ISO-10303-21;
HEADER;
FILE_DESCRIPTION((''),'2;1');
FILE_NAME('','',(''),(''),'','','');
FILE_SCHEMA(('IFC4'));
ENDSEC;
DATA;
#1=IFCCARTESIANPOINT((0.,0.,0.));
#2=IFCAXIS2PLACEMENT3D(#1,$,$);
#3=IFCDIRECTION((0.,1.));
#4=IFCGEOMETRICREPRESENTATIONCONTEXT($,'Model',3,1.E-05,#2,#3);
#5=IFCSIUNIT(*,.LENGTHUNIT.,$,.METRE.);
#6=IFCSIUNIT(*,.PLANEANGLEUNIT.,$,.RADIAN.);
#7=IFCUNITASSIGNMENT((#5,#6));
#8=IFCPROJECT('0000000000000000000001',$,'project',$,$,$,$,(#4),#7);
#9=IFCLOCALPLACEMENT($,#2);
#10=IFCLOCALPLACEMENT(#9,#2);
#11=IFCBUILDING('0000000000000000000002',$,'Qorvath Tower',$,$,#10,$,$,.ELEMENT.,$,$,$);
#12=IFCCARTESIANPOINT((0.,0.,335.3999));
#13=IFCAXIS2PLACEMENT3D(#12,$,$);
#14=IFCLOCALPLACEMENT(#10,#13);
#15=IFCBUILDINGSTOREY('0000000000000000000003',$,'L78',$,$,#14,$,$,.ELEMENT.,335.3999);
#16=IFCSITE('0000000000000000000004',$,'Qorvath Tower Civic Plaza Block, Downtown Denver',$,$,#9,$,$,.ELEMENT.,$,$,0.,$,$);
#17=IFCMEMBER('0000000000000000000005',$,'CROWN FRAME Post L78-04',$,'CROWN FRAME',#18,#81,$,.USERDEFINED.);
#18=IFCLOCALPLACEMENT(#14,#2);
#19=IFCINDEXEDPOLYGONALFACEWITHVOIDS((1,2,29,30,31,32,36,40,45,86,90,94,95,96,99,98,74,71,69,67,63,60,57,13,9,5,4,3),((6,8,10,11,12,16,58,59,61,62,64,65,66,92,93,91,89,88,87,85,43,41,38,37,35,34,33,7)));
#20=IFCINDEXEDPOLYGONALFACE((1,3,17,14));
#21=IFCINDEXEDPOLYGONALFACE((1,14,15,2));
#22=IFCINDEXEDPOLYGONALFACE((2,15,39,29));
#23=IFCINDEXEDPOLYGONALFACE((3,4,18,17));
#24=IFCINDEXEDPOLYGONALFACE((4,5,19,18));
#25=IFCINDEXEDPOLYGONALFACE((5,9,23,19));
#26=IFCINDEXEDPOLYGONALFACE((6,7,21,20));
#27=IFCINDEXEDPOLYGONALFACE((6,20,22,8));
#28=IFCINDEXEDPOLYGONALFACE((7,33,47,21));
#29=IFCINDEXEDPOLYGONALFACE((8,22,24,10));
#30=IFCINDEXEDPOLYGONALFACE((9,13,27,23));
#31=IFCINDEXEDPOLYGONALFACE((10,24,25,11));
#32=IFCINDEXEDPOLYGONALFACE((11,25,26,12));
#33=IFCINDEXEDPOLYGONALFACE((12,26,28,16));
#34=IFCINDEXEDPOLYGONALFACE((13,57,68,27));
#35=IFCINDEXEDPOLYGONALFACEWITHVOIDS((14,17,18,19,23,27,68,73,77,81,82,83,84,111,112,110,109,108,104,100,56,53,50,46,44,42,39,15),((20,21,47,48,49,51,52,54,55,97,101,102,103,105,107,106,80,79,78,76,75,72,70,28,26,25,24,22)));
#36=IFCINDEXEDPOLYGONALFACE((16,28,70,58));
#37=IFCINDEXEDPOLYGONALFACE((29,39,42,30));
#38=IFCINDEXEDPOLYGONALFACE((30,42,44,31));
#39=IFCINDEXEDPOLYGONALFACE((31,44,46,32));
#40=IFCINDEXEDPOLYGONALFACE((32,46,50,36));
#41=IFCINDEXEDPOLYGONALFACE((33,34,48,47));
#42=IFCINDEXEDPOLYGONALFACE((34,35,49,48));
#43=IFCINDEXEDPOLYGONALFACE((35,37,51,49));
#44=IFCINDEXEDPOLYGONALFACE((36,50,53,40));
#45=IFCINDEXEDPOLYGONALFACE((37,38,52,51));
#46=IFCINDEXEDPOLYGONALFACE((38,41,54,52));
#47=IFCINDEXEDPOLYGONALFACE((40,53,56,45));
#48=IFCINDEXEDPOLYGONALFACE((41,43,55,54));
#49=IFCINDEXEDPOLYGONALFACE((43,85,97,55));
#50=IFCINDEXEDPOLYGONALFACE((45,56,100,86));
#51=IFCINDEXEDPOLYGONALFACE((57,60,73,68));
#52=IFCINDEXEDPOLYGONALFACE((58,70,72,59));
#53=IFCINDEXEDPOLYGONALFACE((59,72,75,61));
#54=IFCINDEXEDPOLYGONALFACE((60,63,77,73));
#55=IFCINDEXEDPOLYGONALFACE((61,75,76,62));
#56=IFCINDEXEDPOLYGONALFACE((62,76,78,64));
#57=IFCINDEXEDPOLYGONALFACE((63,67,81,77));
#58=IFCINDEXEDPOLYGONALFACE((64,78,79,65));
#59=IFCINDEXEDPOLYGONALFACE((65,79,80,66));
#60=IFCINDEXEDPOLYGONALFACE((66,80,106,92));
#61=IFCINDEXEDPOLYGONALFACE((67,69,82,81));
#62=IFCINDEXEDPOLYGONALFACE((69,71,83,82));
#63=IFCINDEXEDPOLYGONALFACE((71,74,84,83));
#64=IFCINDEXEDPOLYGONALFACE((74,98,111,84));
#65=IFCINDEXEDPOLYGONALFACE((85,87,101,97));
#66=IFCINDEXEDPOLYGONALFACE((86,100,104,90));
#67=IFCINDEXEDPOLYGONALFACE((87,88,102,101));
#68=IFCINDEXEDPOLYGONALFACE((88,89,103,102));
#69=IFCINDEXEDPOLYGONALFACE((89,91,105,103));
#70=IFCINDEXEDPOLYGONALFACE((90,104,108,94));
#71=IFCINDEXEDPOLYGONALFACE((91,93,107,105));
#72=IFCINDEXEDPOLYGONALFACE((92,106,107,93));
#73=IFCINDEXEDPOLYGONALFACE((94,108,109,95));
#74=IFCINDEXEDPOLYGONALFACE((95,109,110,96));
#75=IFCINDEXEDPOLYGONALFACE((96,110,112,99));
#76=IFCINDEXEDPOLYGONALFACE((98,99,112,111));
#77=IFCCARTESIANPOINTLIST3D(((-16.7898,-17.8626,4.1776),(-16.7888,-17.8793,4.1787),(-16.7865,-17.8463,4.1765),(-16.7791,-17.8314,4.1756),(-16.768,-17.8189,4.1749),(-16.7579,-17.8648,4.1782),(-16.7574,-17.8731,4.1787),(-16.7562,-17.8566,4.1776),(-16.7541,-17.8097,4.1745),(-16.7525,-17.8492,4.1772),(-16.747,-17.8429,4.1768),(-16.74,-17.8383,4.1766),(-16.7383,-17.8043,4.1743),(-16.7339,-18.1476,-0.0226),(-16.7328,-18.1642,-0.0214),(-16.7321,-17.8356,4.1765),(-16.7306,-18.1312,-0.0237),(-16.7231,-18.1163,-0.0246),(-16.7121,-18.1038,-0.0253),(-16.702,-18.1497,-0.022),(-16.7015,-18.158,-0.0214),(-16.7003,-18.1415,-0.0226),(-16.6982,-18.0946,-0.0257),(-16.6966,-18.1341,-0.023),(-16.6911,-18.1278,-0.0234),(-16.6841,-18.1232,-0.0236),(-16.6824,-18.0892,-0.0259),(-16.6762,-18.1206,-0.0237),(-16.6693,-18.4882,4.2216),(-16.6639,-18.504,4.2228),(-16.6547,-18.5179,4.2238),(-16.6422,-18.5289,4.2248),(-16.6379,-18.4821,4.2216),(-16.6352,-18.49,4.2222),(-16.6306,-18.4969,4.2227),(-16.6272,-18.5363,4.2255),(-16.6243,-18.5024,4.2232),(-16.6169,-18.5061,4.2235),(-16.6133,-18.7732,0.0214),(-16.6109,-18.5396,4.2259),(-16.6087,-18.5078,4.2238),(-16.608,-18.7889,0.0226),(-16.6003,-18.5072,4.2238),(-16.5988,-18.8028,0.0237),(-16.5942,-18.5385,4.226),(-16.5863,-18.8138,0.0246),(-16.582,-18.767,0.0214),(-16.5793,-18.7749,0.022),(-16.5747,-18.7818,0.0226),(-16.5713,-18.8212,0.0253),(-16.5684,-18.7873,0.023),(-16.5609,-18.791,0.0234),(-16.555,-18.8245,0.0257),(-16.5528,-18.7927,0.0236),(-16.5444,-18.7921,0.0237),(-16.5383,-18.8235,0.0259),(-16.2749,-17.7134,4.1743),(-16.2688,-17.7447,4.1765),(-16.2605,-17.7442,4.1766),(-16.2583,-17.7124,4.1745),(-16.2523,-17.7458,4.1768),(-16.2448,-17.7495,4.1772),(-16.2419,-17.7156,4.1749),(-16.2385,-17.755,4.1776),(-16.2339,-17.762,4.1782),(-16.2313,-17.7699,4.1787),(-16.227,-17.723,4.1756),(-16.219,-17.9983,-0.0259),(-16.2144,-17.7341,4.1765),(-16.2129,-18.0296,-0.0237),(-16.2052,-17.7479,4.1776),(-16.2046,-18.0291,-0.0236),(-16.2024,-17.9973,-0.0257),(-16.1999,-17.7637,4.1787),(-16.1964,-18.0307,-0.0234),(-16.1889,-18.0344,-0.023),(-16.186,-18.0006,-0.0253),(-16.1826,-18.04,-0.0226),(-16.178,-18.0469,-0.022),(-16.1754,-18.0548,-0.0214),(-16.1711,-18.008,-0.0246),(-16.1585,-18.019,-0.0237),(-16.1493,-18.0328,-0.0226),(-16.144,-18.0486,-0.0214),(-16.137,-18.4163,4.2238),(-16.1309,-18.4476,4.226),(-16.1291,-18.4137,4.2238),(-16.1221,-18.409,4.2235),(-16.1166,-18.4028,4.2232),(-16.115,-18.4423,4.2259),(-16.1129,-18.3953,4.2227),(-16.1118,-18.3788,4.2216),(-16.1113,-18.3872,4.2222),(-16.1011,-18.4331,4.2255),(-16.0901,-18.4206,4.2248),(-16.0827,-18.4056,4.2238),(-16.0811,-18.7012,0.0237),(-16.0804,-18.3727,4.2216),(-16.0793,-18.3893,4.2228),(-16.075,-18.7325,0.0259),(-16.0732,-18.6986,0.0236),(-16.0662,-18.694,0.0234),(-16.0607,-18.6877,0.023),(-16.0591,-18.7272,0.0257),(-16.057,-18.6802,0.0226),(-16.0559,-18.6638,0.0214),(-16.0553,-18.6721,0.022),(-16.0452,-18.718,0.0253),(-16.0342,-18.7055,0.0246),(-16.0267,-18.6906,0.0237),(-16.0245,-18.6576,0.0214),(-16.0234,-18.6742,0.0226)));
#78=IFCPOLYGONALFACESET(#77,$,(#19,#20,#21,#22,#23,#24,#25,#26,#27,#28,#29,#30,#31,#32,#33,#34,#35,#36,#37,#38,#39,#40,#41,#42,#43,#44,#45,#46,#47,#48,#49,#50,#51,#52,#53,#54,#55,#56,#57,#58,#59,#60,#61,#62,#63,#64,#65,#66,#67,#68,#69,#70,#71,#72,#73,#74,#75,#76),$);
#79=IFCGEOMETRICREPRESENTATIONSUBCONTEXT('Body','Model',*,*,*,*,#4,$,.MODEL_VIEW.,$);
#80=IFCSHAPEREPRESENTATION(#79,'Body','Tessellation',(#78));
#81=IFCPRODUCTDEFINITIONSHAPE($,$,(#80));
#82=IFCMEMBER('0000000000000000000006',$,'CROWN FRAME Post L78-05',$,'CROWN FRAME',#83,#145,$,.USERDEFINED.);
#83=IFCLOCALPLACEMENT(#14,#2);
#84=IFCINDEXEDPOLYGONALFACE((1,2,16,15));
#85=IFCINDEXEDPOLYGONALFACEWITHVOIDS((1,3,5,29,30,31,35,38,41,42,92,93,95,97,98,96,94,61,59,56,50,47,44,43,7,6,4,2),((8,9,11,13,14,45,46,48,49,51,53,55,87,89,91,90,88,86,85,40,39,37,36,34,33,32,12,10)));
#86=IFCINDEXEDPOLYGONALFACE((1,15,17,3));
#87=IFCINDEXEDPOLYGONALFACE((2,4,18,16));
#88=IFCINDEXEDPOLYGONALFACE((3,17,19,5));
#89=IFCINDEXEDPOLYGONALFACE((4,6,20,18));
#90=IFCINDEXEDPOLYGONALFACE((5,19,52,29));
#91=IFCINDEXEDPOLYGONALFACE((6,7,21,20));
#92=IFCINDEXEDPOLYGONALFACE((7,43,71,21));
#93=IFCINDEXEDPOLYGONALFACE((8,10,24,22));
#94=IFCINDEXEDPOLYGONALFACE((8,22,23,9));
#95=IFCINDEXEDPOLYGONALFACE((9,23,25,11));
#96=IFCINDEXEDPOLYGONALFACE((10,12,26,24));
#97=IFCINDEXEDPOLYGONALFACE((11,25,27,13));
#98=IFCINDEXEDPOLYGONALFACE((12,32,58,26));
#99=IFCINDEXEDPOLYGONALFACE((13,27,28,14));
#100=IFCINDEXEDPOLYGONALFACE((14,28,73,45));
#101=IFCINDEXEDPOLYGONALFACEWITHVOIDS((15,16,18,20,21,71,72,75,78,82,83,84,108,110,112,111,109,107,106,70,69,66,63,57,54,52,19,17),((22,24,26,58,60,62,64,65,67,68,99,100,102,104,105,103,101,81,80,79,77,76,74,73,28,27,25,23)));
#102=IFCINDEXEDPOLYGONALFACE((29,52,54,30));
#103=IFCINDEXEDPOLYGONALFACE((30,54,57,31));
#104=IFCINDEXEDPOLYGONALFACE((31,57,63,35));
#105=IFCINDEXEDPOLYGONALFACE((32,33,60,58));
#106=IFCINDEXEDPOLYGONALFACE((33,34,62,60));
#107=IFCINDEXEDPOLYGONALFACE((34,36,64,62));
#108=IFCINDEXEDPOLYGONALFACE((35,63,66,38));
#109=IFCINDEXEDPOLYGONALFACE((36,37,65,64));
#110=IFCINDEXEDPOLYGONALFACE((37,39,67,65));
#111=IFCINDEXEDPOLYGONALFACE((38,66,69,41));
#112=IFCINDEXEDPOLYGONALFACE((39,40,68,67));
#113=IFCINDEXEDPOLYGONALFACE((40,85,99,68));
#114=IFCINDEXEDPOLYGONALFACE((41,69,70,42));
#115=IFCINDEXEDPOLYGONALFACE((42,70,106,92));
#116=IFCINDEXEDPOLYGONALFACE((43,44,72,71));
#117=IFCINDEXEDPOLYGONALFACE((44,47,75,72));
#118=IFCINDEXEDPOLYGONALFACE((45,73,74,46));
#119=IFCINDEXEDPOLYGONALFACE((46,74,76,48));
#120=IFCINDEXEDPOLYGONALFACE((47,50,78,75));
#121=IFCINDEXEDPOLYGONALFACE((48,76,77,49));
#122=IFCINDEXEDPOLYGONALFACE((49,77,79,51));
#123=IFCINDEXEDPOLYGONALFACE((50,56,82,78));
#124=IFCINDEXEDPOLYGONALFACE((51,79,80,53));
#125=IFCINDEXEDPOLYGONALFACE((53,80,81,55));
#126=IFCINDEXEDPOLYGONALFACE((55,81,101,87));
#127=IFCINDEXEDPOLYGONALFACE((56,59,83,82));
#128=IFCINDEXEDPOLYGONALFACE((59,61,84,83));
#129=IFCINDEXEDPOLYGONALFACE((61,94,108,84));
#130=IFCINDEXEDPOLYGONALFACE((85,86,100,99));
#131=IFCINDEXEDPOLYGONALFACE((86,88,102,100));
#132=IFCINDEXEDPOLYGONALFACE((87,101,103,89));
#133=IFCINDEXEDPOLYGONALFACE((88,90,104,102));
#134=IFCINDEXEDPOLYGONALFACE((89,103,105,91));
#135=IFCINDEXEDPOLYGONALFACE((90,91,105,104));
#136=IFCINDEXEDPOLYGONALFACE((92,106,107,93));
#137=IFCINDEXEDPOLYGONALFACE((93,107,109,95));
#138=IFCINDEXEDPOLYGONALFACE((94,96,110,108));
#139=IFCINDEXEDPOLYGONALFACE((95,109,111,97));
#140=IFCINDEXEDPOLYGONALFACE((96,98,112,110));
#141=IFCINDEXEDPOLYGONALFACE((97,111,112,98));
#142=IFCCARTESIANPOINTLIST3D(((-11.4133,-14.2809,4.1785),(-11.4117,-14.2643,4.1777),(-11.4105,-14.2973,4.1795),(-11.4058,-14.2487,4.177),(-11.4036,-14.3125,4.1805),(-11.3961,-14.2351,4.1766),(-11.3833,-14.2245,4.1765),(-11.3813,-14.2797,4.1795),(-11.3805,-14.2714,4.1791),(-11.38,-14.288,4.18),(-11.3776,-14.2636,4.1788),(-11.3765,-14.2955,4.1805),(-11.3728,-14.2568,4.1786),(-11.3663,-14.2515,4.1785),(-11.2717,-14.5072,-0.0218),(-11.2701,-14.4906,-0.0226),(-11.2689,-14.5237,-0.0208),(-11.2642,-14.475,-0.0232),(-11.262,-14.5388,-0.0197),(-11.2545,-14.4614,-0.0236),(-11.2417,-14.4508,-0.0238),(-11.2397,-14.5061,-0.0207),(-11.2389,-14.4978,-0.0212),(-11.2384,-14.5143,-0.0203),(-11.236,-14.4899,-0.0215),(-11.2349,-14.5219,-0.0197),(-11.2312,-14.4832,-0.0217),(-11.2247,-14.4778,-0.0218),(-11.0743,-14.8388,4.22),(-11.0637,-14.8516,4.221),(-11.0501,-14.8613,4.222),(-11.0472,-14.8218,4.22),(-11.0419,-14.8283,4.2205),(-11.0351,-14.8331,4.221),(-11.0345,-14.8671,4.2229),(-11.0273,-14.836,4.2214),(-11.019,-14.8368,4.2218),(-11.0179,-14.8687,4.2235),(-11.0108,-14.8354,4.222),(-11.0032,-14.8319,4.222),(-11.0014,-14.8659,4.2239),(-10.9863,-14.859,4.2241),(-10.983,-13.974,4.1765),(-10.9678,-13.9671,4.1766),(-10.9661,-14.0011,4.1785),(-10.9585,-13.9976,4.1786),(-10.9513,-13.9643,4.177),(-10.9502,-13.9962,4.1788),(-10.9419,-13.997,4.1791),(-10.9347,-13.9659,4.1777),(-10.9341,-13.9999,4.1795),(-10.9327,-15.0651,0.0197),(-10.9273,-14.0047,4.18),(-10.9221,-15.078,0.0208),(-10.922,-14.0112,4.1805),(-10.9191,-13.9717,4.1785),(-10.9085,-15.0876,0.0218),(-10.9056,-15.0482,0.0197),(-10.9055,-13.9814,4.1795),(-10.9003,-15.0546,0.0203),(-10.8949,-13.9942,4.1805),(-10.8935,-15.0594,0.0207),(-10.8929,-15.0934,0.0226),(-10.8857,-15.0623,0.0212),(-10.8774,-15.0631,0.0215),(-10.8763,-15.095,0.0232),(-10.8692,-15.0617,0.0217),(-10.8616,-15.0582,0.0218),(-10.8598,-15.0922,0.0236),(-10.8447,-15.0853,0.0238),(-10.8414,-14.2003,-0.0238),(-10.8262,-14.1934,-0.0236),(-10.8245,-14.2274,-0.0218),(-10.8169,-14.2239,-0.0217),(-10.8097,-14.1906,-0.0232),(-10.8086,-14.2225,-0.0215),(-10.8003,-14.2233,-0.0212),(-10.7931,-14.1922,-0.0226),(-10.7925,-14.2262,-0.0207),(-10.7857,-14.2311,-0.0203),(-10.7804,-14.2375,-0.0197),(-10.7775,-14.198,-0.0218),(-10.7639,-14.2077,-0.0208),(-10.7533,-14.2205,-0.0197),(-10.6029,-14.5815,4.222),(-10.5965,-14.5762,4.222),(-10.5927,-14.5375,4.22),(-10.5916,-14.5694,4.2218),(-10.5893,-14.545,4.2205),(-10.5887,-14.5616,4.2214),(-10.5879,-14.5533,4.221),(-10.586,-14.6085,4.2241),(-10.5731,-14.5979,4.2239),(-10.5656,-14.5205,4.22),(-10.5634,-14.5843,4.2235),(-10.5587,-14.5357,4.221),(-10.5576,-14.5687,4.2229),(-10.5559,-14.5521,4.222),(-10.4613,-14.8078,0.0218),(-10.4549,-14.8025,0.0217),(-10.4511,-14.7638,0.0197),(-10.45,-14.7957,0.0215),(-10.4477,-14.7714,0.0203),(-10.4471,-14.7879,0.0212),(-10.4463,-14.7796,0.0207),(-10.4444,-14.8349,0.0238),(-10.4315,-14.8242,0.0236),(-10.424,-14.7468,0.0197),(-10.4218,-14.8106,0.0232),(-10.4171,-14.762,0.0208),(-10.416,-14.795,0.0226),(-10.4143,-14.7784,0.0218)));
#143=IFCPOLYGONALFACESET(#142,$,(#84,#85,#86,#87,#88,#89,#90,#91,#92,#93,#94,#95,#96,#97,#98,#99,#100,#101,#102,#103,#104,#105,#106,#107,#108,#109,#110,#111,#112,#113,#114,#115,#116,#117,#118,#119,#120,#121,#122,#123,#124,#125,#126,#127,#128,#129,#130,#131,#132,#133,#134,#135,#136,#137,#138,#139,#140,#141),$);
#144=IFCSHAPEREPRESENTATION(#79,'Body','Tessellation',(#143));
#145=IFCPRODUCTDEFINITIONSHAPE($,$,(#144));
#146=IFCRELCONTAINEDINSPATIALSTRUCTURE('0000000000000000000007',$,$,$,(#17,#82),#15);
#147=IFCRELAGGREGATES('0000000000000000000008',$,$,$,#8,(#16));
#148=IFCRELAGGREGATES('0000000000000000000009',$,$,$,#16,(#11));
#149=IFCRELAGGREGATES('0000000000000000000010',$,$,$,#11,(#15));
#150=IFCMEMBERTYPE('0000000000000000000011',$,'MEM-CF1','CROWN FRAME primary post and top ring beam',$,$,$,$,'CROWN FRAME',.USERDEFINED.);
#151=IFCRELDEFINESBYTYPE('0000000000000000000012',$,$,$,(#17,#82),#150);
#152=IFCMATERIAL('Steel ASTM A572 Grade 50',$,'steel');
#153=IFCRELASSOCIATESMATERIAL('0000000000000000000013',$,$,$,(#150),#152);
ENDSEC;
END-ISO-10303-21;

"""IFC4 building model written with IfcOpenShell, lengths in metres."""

from ifc_helpers import new_model, si_unit, direction, frame, origin, origin_2d, place, context, subcontext, project, spatial, hollow_rectangle, extrude, material, material_profile, profile_set, type_object, element, save


model = new_model("IFC4")

# Units and contexts
model_context = context("Model", 3, precision=1e-05, world=origin(), true_north=direction((0.0, 1.0)))
body_context = subcontext(model_context, "Body", "Model", "MODEL_VIEW")
ifc_project = project(units=[si_unit("LENGTHUNIT", "METRE"), si_unit("PLANEANGLEUNIT", "RADIAN")], contexts=[model_context])

# Site, building, storey
site_placement = place(None, origin())
site = spatial("IfcSite", under=ifc_project, at=site_placement, Name="Qorvath Tower Civic Plaza Block, Downtown Denver", CompositionType="ELEMENT", RefElevation=0.0)
building_placement = place(site_placement, origin())
building = spatial("IfcBuilding", under=site, at=building_placement, Name="Qorvath Tower", CompositionType="ELEMENT")
storey_placement = place(building_placement, frame((0.0, 0.0, 335.3999)))
storey = spatial("IfcBuildingStorey", under=building, at=storey_placement, Name="L78", CompositionType="ELEMENT", Elevation=335.3999)

# Members
ifc_material_1 = material(Name="Steel ASTM A572 Grade 50", Category="steel")
ifc_material_profile_1 = material_profile(ifc_material_1, hollow_rectangle(XDim=0.6001, YDim=0.75, WallThickness=0.032, InnerFilletRadius=0.032, OuterFilletRadius=0.064, at=origin_2d()), Name="CROWN BOX 750x600x32")
ifc_profile_set_1 = profile_set([ifc_material_profile_1], Name="Steel ASTM A572 Grade 50")
member_type_1 = type_object("IfcMemberType", Name="MEM-CF1", Description="CROWN FRAME primary post and top ring beam", ElementType="CROWN FRAME", PredefinedType="USERDEFINED", material=ifc_profile_set_1)
member_1_placement = place(storey_placement, frame((-16.3787, -18.4109, 0.0), z_axis=(-0.013279, 0.067672, 0.997619), x_axis=(-0.981286, -0.192557, 0.0)))
element("IfcMember", 1, at=member_1_placement, inside=storey, type_object=member_type_1, Name="CROWN FRAME Post L78-04", ObjectType="CROWN FRAME", PredefinedType="USERDEFINED", context=body_context, shape_type="SweptSolid", body=[
    extrude(hollow_rectangle(XDim=0.6001, YDim=0.75, WallThickness=0.032, InnerFilletRadius=0.032, OuterFilletRadius=0.064, at=origin_2d()), origin(), (0.0, 0.0, 1.0), 4.2102),
])
member_2_placement = place(storey_placement, frame((-10.843, -14.6428, 0.0), z_axis=(-0.033645, 0.053774, 0.997986), x_axis=(-0.847741, -0.53041, 0.0)))
element("IfcMember", 2, at=member_2_placement, inside=storey, type_object=member_type_1, Name="CROWN FRAME Post L78-05", ObjectType="CROWN FRAME", PredefinedType="USERDEFINED", context=body_context, shape_type="SweptSolid", body=[
    extrude(hollow_rectangle(XDim=0.6001, YDim=0.75, WallThickness=0.032, InnerFilletRadius=0.032, OuterFilletRadius=0.064, at=origin_2d()), origin(), (0.0, 0.0, 1.0), 4.2087),
])

save(model, "model.ifc")
